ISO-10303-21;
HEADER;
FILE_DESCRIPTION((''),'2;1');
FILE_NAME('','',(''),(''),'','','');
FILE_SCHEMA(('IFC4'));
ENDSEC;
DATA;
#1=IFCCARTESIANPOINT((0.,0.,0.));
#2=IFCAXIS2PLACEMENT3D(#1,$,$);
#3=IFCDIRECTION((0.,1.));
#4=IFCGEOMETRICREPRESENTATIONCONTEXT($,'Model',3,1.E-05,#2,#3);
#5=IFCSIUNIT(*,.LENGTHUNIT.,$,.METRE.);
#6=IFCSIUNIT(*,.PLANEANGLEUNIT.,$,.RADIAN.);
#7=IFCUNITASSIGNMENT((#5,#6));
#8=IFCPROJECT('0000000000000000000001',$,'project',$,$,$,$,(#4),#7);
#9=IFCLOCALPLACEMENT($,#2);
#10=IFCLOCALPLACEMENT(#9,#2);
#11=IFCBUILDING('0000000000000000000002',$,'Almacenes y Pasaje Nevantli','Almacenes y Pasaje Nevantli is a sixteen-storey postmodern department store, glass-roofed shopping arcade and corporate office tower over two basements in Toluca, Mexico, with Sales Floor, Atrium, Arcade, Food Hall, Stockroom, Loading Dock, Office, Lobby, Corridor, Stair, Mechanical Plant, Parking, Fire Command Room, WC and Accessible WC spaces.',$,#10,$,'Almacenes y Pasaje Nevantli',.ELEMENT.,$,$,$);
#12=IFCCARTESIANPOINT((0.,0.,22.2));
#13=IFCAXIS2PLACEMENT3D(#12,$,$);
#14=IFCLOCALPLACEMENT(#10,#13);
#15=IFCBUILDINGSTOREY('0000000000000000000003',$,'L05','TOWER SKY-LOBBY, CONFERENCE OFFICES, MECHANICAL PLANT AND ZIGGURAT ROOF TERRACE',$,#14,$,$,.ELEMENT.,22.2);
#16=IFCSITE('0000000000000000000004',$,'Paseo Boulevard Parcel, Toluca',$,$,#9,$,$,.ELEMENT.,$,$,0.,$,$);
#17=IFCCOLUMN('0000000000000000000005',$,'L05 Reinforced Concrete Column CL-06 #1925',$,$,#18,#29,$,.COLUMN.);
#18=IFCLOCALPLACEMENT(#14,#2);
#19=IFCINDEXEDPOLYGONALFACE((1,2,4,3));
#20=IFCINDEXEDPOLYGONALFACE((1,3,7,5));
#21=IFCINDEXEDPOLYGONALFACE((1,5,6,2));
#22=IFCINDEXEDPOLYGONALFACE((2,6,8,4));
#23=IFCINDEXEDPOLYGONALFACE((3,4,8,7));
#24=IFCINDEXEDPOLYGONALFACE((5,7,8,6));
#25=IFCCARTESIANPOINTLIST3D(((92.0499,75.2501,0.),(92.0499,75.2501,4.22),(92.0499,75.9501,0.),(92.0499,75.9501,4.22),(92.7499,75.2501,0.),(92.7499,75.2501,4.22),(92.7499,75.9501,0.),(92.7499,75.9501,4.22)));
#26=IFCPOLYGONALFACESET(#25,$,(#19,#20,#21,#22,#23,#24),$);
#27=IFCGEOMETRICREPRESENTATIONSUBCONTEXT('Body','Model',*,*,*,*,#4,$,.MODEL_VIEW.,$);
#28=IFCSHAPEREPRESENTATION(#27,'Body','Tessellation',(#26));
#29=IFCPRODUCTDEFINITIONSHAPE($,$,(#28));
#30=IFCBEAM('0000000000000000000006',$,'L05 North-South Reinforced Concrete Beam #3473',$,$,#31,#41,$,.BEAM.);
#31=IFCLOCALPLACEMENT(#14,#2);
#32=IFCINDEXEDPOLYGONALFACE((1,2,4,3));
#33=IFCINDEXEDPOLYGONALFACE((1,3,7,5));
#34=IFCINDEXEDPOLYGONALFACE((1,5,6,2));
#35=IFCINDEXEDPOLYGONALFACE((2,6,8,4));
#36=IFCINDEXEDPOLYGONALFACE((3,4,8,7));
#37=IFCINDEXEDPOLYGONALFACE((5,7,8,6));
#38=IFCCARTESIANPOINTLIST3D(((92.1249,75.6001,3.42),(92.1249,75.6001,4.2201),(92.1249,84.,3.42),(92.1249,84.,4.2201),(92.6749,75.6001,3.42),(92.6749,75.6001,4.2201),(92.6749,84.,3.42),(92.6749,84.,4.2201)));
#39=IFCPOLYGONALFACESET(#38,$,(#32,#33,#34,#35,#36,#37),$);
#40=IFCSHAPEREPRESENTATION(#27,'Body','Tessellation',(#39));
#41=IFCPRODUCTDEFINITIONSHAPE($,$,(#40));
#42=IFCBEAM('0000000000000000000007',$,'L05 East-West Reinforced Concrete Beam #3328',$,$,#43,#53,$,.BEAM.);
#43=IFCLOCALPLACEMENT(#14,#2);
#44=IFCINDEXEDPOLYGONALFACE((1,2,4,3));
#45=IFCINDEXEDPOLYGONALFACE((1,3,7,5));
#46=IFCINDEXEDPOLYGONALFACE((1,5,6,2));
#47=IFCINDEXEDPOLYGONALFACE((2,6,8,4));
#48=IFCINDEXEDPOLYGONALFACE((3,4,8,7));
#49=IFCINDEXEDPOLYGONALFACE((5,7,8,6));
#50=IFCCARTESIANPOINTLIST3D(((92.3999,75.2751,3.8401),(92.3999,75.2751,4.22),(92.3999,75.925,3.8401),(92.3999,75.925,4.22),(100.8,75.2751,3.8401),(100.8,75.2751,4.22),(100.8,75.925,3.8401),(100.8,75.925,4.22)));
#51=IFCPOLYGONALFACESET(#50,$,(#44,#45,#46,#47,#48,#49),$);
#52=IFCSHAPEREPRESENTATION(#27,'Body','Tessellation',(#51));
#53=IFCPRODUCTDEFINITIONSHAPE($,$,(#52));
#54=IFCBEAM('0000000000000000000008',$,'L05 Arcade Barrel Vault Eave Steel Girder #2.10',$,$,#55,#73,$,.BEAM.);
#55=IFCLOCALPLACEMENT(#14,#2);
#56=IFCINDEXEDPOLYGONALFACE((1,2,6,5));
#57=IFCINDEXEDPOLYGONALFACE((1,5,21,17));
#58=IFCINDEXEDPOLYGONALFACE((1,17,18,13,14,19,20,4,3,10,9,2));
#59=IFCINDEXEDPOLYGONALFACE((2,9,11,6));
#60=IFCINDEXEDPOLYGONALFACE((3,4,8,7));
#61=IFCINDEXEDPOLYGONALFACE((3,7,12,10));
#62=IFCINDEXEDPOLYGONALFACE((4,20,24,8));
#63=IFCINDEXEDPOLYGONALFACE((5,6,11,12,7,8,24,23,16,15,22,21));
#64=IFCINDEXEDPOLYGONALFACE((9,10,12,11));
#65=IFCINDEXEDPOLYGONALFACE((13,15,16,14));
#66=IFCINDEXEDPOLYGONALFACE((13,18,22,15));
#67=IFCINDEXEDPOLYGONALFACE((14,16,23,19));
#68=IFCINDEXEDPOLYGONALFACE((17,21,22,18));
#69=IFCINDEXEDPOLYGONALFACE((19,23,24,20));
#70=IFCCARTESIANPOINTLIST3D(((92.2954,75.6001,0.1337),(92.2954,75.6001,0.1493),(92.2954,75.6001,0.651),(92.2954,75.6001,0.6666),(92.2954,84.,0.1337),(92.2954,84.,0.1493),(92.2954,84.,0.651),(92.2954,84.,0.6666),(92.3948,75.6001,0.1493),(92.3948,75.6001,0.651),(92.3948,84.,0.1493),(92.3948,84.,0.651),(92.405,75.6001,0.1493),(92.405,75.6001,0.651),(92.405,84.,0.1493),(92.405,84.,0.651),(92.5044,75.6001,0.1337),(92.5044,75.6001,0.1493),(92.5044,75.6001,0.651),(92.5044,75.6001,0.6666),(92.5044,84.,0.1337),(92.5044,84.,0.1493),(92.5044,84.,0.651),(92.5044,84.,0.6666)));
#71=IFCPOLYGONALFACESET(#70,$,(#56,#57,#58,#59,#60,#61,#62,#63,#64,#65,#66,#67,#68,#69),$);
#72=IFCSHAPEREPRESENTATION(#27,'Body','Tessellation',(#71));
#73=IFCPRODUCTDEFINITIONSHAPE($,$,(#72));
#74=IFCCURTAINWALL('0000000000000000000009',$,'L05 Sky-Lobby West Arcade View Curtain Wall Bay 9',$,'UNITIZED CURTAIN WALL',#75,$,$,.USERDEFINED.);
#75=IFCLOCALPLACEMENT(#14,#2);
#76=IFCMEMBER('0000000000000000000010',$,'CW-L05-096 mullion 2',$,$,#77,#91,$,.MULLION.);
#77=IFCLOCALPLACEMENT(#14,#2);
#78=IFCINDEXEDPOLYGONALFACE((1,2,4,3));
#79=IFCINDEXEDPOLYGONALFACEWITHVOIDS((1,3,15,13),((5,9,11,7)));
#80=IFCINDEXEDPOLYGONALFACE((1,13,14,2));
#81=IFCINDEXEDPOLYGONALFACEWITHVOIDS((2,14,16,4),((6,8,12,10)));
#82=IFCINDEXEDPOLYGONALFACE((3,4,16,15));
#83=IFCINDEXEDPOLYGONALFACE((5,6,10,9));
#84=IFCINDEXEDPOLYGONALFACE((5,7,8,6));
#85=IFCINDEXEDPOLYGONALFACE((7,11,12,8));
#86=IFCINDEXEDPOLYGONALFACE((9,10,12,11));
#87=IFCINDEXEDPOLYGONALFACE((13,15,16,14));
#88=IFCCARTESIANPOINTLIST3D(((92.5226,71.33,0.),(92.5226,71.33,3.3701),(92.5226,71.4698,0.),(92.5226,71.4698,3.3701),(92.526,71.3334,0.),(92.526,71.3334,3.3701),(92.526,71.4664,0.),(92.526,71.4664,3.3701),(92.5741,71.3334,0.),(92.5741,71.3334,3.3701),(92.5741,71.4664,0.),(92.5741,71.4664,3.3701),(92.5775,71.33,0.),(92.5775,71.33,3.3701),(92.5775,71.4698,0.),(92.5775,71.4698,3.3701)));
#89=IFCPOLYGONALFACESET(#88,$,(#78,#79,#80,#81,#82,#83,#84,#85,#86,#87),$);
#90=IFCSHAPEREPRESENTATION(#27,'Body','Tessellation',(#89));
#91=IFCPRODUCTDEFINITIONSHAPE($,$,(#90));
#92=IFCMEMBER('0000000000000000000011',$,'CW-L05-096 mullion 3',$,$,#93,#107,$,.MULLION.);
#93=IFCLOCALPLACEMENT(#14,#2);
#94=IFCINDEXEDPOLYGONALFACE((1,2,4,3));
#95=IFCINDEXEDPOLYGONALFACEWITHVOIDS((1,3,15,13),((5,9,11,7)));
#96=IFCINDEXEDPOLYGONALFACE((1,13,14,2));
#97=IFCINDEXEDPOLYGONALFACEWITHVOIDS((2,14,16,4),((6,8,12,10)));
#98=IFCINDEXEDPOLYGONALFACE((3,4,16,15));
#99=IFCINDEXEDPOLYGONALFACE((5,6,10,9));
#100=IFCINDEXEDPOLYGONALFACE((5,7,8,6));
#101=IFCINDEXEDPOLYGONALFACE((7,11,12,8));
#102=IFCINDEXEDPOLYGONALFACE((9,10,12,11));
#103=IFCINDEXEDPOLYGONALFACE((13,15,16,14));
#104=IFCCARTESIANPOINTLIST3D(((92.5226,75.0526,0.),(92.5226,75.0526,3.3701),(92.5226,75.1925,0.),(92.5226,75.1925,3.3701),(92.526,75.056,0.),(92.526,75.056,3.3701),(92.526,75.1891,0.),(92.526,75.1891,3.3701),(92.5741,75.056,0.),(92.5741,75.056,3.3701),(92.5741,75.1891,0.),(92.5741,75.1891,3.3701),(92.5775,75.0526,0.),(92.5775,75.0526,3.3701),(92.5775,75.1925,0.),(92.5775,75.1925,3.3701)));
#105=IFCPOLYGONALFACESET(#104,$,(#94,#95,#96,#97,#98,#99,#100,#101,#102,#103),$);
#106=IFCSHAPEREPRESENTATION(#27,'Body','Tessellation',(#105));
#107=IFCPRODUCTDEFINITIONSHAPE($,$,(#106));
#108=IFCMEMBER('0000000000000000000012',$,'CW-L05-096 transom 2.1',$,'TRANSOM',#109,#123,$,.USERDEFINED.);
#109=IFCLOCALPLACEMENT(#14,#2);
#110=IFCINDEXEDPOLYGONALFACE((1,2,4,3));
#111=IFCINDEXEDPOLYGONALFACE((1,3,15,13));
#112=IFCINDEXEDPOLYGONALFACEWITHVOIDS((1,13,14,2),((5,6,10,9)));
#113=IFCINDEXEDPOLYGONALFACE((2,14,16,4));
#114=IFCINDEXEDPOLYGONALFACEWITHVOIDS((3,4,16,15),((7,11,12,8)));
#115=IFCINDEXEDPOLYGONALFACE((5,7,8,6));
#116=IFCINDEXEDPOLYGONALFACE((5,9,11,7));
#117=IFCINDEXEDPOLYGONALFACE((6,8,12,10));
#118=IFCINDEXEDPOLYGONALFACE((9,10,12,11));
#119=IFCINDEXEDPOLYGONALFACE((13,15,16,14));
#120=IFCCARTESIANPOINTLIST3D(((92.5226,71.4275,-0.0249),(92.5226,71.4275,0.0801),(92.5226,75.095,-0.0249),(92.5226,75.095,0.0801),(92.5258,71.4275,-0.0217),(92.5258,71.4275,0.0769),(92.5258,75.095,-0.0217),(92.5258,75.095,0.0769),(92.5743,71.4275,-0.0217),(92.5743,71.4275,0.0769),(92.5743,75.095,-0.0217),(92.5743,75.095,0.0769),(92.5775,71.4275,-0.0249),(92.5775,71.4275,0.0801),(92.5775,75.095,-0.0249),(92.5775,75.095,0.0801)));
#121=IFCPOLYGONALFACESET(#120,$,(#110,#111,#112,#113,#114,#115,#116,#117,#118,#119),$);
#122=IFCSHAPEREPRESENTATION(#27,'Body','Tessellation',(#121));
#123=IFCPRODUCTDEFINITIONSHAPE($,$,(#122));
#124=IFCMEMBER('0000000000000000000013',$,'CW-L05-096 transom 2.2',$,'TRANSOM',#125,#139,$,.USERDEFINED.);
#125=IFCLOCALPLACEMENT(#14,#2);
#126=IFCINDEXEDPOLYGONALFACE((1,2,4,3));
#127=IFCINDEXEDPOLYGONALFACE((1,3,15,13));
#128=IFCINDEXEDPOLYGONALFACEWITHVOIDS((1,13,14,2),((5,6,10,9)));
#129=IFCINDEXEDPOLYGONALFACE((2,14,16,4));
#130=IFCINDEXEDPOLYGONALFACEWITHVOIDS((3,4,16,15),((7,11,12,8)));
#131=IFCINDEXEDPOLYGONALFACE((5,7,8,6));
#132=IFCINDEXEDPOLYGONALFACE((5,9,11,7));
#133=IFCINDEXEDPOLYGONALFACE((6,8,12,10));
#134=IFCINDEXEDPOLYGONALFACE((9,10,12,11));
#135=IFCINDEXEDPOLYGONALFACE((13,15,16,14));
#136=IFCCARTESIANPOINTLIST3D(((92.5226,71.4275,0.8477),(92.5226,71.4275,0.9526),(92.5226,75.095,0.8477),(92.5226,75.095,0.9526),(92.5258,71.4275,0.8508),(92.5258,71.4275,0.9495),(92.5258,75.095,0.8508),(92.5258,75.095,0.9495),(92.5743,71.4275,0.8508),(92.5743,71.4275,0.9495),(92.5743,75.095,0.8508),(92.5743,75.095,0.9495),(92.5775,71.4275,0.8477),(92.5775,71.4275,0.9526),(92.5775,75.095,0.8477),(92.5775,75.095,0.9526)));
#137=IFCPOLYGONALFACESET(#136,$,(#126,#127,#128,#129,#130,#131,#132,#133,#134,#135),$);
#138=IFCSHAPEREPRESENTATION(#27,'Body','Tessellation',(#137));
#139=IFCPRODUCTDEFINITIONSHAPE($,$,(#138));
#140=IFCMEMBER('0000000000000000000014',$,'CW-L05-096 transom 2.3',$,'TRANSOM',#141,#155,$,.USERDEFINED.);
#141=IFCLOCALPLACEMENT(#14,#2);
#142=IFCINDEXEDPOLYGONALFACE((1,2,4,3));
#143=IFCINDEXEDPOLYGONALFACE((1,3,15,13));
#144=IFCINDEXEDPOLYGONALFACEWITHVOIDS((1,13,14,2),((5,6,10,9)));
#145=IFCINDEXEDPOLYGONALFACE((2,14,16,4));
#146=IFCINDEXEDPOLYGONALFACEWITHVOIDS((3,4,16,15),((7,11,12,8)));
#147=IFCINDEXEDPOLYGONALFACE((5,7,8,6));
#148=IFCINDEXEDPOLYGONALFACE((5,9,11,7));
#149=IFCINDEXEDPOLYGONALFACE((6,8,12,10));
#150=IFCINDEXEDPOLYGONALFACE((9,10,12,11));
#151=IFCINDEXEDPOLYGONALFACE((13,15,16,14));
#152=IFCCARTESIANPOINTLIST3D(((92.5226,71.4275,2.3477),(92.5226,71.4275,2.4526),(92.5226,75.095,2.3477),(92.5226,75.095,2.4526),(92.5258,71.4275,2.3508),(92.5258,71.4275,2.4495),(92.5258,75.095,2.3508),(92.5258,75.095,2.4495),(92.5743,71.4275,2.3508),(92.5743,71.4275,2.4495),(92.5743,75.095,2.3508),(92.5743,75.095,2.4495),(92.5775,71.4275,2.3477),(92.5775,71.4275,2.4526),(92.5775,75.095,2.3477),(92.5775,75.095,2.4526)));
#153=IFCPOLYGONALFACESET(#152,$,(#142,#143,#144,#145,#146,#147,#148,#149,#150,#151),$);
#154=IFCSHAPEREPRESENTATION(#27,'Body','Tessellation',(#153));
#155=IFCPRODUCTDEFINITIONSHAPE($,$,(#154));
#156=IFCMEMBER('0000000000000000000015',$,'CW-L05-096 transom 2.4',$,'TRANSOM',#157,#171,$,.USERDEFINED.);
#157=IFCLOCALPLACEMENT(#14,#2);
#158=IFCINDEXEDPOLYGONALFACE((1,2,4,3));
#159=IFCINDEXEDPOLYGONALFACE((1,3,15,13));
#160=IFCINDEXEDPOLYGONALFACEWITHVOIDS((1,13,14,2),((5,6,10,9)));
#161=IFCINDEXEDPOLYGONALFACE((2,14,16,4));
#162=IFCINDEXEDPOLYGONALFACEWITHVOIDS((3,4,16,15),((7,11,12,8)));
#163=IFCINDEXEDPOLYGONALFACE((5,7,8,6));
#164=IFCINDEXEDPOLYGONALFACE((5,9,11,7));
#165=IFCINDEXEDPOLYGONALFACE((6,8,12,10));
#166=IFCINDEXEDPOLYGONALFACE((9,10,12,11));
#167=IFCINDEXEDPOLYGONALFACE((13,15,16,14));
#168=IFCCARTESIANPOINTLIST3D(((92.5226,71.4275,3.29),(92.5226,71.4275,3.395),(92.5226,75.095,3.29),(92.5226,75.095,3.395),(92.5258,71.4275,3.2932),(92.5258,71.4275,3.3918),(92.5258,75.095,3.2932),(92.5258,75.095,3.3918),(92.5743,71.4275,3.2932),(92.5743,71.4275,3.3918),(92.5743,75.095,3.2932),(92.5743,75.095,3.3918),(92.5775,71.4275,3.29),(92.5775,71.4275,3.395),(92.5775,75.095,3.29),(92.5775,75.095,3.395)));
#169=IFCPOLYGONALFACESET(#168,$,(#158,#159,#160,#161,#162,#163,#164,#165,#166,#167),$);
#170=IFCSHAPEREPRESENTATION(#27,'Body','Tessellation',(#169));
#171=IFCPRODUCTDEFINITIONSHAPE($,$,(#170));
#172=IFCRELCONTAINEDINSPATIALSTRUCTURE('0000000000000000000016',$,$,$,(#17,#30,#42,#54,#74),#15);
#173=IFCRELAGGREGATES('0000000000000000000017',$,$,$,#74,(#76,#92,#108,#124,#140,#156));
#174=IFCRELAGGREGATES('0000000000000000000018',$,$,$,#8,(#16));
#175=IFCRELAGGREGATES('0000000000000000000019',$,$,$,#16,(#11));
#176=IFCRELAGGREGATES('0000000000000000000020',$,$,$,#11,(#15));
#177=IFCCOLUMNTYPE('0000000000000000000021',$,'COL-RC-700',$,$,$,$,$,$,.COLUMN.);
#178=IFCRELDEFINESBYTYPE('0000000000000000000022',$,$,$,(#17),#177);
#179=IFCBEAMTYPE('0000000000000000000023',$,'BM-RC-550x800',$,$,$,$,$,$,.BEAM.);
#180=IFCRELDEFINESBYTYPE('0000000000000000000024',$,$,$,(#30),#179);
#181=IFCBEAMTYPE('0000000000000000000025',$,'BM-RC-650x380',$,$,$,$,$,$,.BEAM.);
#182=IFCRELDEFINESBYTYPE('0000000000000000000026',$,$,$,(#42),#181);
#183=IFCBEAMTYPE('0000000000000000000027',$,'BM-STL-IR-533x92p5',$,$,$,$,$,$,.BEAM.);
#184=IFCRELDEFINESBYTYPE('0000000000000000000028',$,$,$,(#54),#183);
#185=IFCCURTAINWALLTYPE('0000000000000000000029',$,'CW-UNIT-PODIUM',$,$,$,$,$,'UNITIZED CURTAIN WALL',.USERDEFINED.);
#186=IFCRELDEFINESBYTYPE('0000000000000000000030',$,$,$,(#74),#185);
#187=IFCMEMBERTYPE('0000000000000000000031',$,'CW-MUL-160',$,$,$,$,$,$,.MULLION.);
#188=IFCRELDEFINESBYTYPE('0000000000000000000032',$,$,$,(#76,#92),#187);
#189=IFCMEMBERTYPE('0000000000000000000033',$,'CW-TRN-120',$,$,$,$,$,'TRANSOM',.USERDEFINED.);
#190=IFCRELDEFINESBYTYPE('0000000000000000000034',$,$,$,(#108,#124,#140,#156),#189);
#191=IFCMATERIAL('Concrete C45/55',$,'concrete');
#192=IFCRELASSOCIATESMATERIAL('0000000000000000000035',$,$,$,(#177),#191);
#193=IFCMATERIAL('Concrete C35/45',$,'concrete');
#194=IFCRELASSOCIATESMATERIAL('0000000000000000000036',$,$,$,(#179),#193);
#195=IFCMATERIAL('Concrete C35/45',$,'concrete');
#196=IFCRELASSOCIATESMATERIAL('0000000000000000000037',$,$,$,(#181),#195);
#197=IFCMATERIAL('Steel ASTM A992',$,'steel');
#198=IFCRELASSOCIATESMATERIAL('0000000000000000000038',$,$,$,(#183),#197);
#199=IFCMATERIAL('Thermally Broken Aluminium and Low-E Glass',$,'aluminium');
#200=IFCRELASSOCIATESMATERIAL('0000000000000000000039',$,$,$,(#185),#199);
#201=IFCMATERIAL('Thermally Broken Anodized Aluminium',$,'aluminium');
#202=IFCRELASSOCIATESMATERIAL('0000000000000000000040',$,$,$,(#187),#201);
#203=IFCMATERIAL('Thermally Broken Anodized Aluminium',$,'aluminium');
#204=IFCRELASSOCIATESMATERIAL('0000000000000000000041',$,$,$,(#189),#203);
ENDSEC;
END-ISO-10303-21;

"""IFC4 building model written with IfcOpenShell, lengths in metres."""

from ifc_helpers import new_model, si_unit, direction, frame, origin, origin_2d, place, context, subcontext, project, spatial, rectangle, hollow_rectangle, i_section, extrude, material, material_profile, profile_set, type_object, element, aggregate, save


model = new_model("IFC4")

# Units and contexts
model_context = context("Model", 3, precision=1e-05, world=origin(), true_north=direction((0.0, 1.0)))
body_context = subcontext(model_context, "Body", "Model", "MODEL_VIEW")
ifc_project = project(units=[si_unit("LENGTHUNIT", "METRE"), si_unit("PLANEANGLEUNIT", "RADIAN")], contexts=[model_context])

# Site, building, storey
site_placement = place(None, origin())
site = spatial("IfcSite", under=ifc_project, at=site_placement, Name="Paseo Boulevard Parcel, Toluca", CompositionType="ELEMENT", RefElevation=0.0)
building_placement = place(site_placement, origin())
building = spatial("IfcBuilding", under=site, at=building_placement, Name="Almacenes y Pasaje Nevantli", Description="Almacenes y Pasaje Nevantli is a sixteen-storey postmodern department store, glass-roofed shopping arcade and corporate office tower over two basements in Toluca, Mexico, with Sales Floor, Atrium, Arcade, Food Hall, Stockroom, Loading Dock, Office, Lobby, Corridor, Stair, Mechanical Plant, Parking, Fire Command Room, WC and Accessible WC spaces.", LongName="Almacenes y Pasaje Nevantli", CompositionType="ELEMENT")
storey_placement = place(building_placement, frame((0.0, 0.0, 22.2)))
storey = spatial("IfcBuildingStorey", under=building, at=storey_placement, Name="L05", Description="TOWER SKY-LOBBY, CONFERENCE OFFICES, MECHANICAL PLANT AND ZIGGURAT ROOF TERRACE", CompositionType="ELEMENT", Elevation=22.2)

# Column
ifc_material_1 = material(Name="Concrete C45/55", Category="concrete")
ifc_material_profile_1 = material_profile(ifc_material_1, rectangle(XDim=0.7, YDim=0.7, at=origin_2d()), Name="RC-COL-700x700")
ifc_profile_set_1 = profile_set([ifc_material_profile_1], Name="Concrete C45/55")
column_type = type_object("IfcColumnType", Name="COL-RC-700", PredefinedType="COLUMN", material=ifc_profile_set_1)
column_placement = place(storey_placement, frame((92.3999, 75.6001, 0.0), z_axis=(0.0, 0.0, 1.0), x_axis=(1.0, 0.0, 0.0)))
element("IfcColumn", 1, at=column_placement, inside=storey, type_object=column_type, Name="L05 Reinforced Concrete Column CL-06 #1925", PredefinedType="COLUMN", context=body_context, shape_type="SweptSolid", body=[
    extrude(rectangle(XDim=0.7, YDim=0.7, at=origin_2d()), origin(), (0.0, 0.0, 1.0), 4.22),
])

# Beams
ifc_material_2 = material(Name="Concrete C35/45", Category="concrete")
ifc_material_profile_2 = material_profile(ifc_material_2, rectangle(XDim=0.55, YDim=0.8, at=origin_2d()), Name="RC-BM-550x800")
ifc_profile_set_2 = profile_set([ifc_material_profile_2], Name="Concrete C35/45")
beam_type_1 = type_object("IfcBeamType", Name="BM-RC-550x800", PredefinedType="BEAM", material=ifc_profile_set_2)
beam_1_placement = place(storey_placement, frame((92.3999, 75.6001, 3.8201), z_axis=(0.0, 1.0, 0.0), x_axis=(-1.0, 0.0, 0.0)))
element("IfcBeam", 2, at=beam_1_placement, inside=storey, type_object=beam_type_1, Name="L05 North-South Reinforced Concrete Beam #3473", PredefinedType="BEAM", context=body_context, shape_type="SweptSolid", body=[
    extrude(rectangle(XDim=0.55, YDim=0.8, at=origin_2d()), origin(), (0.0, 0.0, 1.0), 8.3999),
])
ifc_material_3 = material(Name="Concrete C35/45", Category="concrete")
ifc_material_profile_3 = material_profile(ifc_material_3, rectangle(XDim=0.6499, YDim=0.3799, at=origin_2d()), Name="RC-BM-650x380")
ifc_profile_set_3 = profile_set([ifc_material_profile_3], Name="Concrete C35/45")
beam_type_2 = type_object("IfcBeamType", Name="BM-RC-650x380", PredefinedType="BEAM", material=ifc_profile_set_3)
beam_2_placement = place(storey_placement, frame((92.3999, 75.6001, 4.03), z_axis=(1.0, 0.0, 0.0), x_axis=(0.0, 1.0, 0.0)))
element("IfcBeam", 3, at=beam_2_placement, inside=storey, type_object=beam_type_2, Name="L05 East-West Reinforced Concrete Beam #3328", PredefinedType="BEAM", context=body_context, shape_type="SweptSolid", body=[
    extrude(rectangle(XDim=0.6499, YDim=0.3799, at=origin_2d()), origin(), (0.0, 0.0, 1.0), 8.4001),
])
ifc_material_4 = material(Name="Steel ASTM A992", Category="steel")
ifc_material_profile_4 = material_profile(ifc_material_4, i_section(OverallWidth=0.209, OverallDepth=0.533, WebThickness=0.0103, FlangeThickness=0.0156, at=origin_2d()), Name="IR 533x92.5")
ifc_profile_set_4 = profile_set([ifc_material_profile_4], Name="Steel ASTM A992")
beam_type_3 = type_object("IfcBeamType", Name="BM-STL-IR-533x92p5", PredefinedType="BEAM", material=ifc_profile_set_4)
beam_3_placement = place(storey_placement, frame((92.3999, 75.6001, 0.4001), z_axis=(0.0, 1.0, 0.0), x_axis=(-1.0, 0.0, 0.0)))
element("IfcBeam", 4, at=beam_3_placement, inside=storey, type_object=beam_type_3, Name="L05 Arcade Barrel Vault Eave Steel Girder #2.10", PredefinedType="BEAM", context=body_context, shape_type="SweptSolid", body=[
    extrude(i_section(OverallWidth=0.209, OverallDepth=0.533, WebThickness=0.0103, FlangeThickness=0.0156, at=origin_2d()), origin(), (0.0, 0.0, 1.0), 8.3999),
])

# Curtain wall, members
ifc_material_5 = material(Name="Thermally Broken Aluminium and Low-E Glass", Category="aluminium")
curtain_wall_type = type_object("IfcCurtainWallType", Name="CW-UNIT-PODIUM", ElementType="UNITIZED CURTAIN WALL", PredefinedType="USERDEFINED", material=ifc_material_5)
curtain_wall_placement = place(storey_placement, origin())
curtain_wall = element("IfcCurtainWall", 5, at=curtain_wall_placement, inside=storey, type_object=curtain_wall_type, Name="L05 Sky-Lobby West Arcade View Curtain Wall Bay 9", ObjectType="UNITIZED CURTAIN WALL", PredefinedType="USERDEFINED")
ifc_material_6 = material(Name="Thermally Broken Anodized Aluminium", Category="aluminium")
ifc_material_profile_5 = material_profile(ifc_material_6, hollow_rectangle(XDim=0.0549, YDim=0.1399, WallThickness=0.0034, at=origin_2d()), Name="ALU-MUL-55x140")
ifc_profile_set_5 = profile_set([ifc_material_profile_5], Name="Thermally Broken Anodized Aluminium")
member_type_1 = type_object("IfcMemberType", Name="CW-MUL-160", PredefinedType="MULLION", material=ifc_profile_set_5)
member_1_placement = place(storey_placement, frame((92.55, 71.3999, 0.0), z_axis=(0.0, 0.0, 1.0), x_axis=(-1.0, 0.0, 0.0)))
member_1 = element("IfcMember", 6, at=member_1_placement, type_object=member_type_1, Name="CW-L05-096 mullion 2", PredefinedType="MULLION", context=body_context, shape_type="SweptSolid", body=[
    extrude(hollow_rectangle(XDim=0.0549, YDim=0.1399, WallThickness=0.0034, at=origin_2d()), origin(), (0.0, 0.0, 1.0), 3.3701),
])
member_2_placement = place(storey_placement, frame((92.55, 75.1226, 0.0), z_axis=(0.0, 0.0, 1.0), x_axis=(-1.0, 0.0, 0.0)))
member_2 = element("IfcMember", 7, at=member_2_placement, type_object=member_type_1, Name="CW-L05-096 mullion 3", PredefinedType="MULLION", context=body_context, shape_type="SweptSolid", body=[
    extrude(hollow_rectangle(XDim=0.0549, YDim=0.1399, WallThickness=0.0034, at=origin_2d()), origin(), (0.0, 0.0, 1.0), 3.3701),
])
ifc_material_7 = material(Name="Thermally Broken Anodized Aluminium", Category="aluminium")
ifc_material_profile_6 = material_profile(ifc_material_7, hollow_rectangle(XDim=0.0549, YDim=0.105, WallThickness=0.0032, at=origin_2d()), Name="ALU-TRN-55x105")
ifc_profile_set_6 = profile_set([ifc_material_profile_6], Name="Thermally Broken Anodized Aluminium")
member_type_2 = type_object("IfcMemberType", Name="CW-TRN-120", ElementType="TRANSOM", PredefinedType="USERDEFINED", material=ifc_profile_set_6)
member_3_placement = place(storey_placement, frame((92.55, 71.4275, 0.0276), z_axis=(0.0, 1.0, 0.0), x_axis=(-1.0, 0.0, 0.0)))
member_3 = element("IfcMember", 8, at=member_3_placement, type_object=member_type_2, Name="CW-L05-096 transom 2.1", ObjectType="TRANSOM", PredefinedType="USERDEFINED", context=body_context, shape_type="SweptSolid", body=[
    extrude(hollow_rectangle(XDim=0.0549, YDim=0.105, WallThickness=0.0032, at=origin_2d()), origin(), (0.0, 0.0, 1.0), 3.6675),
])
member_4_placement = place(storey_placement, frame((92.55, 71.4275, 0.9001), z_axis=(0.0, 1.0, 0.0), x_axis=(-1.0, 0.0, 0.0)))
member_4 = element("IfcMember", 9, at=member_4_placement, type_object=member_type_2, Name="CW-L05-096 transom 2.2", ObjectType="TRANSOM", PredefinedType="USERDEFINED", context=body_context, shape_type="SweptSolid", body=[
    extrude(hollow_rectangle(XDim=0.0549, YDim=0.105, WallThickness=0.0032, at=origin_2d()), origin(), (0.0, 0.0, 1.0), 3.6675),
])
member_5_placement = place(storey_placement, frame((92.55, 71.4275, 2.4001), z_axis=(0.0, 1.0, 0.0), x_axis=(-1.0, 0.0, 0.0)))
member_5 = element("IfcMember", 10, at=member_5_placement, type_object=member_type_2, Name="CW-L05-096 transom 2.3", ObjectType="TRANSOM", PredefinedType="USERDEFINED", context=body_context, shape_type="SweptSolid", body=[
    extrude(hollow_rectangle(XDim=0.0549, YDim=0.105, WallThickness=0.0032, at=origin_2d()), origin(), (0.0, 0.0, 1.0), 3.6675),
])
member_6_placement = place(storey_placement, frame((92.55, 71.4275, 3.3425), z_axis=(0.0, 1.0, 0.0), x_axis=(-1.0, 0.0, 0.0)))
member_6 = element("IfcMember", 11, at=member_6_placement, type_object=member_type_2, Name="CW-L05-096 transom 2.4", ObjectType="TRANSOM", PredefinedType="USERDEFINED", context=body_context, shape_type="SweptSolid", body=[
    extrude(hollow_rectangle(XDim=0.0549, YDim=0.105, WallThickness=0.0032, at=origin_2d()), origin(), (0.0, 0.0, 1.0), 3.6675),
])

aggregate(curtain_wall, [member_1, member_2, member_3, member_4, member_5, member_6])

save(model, "model.ifc")
